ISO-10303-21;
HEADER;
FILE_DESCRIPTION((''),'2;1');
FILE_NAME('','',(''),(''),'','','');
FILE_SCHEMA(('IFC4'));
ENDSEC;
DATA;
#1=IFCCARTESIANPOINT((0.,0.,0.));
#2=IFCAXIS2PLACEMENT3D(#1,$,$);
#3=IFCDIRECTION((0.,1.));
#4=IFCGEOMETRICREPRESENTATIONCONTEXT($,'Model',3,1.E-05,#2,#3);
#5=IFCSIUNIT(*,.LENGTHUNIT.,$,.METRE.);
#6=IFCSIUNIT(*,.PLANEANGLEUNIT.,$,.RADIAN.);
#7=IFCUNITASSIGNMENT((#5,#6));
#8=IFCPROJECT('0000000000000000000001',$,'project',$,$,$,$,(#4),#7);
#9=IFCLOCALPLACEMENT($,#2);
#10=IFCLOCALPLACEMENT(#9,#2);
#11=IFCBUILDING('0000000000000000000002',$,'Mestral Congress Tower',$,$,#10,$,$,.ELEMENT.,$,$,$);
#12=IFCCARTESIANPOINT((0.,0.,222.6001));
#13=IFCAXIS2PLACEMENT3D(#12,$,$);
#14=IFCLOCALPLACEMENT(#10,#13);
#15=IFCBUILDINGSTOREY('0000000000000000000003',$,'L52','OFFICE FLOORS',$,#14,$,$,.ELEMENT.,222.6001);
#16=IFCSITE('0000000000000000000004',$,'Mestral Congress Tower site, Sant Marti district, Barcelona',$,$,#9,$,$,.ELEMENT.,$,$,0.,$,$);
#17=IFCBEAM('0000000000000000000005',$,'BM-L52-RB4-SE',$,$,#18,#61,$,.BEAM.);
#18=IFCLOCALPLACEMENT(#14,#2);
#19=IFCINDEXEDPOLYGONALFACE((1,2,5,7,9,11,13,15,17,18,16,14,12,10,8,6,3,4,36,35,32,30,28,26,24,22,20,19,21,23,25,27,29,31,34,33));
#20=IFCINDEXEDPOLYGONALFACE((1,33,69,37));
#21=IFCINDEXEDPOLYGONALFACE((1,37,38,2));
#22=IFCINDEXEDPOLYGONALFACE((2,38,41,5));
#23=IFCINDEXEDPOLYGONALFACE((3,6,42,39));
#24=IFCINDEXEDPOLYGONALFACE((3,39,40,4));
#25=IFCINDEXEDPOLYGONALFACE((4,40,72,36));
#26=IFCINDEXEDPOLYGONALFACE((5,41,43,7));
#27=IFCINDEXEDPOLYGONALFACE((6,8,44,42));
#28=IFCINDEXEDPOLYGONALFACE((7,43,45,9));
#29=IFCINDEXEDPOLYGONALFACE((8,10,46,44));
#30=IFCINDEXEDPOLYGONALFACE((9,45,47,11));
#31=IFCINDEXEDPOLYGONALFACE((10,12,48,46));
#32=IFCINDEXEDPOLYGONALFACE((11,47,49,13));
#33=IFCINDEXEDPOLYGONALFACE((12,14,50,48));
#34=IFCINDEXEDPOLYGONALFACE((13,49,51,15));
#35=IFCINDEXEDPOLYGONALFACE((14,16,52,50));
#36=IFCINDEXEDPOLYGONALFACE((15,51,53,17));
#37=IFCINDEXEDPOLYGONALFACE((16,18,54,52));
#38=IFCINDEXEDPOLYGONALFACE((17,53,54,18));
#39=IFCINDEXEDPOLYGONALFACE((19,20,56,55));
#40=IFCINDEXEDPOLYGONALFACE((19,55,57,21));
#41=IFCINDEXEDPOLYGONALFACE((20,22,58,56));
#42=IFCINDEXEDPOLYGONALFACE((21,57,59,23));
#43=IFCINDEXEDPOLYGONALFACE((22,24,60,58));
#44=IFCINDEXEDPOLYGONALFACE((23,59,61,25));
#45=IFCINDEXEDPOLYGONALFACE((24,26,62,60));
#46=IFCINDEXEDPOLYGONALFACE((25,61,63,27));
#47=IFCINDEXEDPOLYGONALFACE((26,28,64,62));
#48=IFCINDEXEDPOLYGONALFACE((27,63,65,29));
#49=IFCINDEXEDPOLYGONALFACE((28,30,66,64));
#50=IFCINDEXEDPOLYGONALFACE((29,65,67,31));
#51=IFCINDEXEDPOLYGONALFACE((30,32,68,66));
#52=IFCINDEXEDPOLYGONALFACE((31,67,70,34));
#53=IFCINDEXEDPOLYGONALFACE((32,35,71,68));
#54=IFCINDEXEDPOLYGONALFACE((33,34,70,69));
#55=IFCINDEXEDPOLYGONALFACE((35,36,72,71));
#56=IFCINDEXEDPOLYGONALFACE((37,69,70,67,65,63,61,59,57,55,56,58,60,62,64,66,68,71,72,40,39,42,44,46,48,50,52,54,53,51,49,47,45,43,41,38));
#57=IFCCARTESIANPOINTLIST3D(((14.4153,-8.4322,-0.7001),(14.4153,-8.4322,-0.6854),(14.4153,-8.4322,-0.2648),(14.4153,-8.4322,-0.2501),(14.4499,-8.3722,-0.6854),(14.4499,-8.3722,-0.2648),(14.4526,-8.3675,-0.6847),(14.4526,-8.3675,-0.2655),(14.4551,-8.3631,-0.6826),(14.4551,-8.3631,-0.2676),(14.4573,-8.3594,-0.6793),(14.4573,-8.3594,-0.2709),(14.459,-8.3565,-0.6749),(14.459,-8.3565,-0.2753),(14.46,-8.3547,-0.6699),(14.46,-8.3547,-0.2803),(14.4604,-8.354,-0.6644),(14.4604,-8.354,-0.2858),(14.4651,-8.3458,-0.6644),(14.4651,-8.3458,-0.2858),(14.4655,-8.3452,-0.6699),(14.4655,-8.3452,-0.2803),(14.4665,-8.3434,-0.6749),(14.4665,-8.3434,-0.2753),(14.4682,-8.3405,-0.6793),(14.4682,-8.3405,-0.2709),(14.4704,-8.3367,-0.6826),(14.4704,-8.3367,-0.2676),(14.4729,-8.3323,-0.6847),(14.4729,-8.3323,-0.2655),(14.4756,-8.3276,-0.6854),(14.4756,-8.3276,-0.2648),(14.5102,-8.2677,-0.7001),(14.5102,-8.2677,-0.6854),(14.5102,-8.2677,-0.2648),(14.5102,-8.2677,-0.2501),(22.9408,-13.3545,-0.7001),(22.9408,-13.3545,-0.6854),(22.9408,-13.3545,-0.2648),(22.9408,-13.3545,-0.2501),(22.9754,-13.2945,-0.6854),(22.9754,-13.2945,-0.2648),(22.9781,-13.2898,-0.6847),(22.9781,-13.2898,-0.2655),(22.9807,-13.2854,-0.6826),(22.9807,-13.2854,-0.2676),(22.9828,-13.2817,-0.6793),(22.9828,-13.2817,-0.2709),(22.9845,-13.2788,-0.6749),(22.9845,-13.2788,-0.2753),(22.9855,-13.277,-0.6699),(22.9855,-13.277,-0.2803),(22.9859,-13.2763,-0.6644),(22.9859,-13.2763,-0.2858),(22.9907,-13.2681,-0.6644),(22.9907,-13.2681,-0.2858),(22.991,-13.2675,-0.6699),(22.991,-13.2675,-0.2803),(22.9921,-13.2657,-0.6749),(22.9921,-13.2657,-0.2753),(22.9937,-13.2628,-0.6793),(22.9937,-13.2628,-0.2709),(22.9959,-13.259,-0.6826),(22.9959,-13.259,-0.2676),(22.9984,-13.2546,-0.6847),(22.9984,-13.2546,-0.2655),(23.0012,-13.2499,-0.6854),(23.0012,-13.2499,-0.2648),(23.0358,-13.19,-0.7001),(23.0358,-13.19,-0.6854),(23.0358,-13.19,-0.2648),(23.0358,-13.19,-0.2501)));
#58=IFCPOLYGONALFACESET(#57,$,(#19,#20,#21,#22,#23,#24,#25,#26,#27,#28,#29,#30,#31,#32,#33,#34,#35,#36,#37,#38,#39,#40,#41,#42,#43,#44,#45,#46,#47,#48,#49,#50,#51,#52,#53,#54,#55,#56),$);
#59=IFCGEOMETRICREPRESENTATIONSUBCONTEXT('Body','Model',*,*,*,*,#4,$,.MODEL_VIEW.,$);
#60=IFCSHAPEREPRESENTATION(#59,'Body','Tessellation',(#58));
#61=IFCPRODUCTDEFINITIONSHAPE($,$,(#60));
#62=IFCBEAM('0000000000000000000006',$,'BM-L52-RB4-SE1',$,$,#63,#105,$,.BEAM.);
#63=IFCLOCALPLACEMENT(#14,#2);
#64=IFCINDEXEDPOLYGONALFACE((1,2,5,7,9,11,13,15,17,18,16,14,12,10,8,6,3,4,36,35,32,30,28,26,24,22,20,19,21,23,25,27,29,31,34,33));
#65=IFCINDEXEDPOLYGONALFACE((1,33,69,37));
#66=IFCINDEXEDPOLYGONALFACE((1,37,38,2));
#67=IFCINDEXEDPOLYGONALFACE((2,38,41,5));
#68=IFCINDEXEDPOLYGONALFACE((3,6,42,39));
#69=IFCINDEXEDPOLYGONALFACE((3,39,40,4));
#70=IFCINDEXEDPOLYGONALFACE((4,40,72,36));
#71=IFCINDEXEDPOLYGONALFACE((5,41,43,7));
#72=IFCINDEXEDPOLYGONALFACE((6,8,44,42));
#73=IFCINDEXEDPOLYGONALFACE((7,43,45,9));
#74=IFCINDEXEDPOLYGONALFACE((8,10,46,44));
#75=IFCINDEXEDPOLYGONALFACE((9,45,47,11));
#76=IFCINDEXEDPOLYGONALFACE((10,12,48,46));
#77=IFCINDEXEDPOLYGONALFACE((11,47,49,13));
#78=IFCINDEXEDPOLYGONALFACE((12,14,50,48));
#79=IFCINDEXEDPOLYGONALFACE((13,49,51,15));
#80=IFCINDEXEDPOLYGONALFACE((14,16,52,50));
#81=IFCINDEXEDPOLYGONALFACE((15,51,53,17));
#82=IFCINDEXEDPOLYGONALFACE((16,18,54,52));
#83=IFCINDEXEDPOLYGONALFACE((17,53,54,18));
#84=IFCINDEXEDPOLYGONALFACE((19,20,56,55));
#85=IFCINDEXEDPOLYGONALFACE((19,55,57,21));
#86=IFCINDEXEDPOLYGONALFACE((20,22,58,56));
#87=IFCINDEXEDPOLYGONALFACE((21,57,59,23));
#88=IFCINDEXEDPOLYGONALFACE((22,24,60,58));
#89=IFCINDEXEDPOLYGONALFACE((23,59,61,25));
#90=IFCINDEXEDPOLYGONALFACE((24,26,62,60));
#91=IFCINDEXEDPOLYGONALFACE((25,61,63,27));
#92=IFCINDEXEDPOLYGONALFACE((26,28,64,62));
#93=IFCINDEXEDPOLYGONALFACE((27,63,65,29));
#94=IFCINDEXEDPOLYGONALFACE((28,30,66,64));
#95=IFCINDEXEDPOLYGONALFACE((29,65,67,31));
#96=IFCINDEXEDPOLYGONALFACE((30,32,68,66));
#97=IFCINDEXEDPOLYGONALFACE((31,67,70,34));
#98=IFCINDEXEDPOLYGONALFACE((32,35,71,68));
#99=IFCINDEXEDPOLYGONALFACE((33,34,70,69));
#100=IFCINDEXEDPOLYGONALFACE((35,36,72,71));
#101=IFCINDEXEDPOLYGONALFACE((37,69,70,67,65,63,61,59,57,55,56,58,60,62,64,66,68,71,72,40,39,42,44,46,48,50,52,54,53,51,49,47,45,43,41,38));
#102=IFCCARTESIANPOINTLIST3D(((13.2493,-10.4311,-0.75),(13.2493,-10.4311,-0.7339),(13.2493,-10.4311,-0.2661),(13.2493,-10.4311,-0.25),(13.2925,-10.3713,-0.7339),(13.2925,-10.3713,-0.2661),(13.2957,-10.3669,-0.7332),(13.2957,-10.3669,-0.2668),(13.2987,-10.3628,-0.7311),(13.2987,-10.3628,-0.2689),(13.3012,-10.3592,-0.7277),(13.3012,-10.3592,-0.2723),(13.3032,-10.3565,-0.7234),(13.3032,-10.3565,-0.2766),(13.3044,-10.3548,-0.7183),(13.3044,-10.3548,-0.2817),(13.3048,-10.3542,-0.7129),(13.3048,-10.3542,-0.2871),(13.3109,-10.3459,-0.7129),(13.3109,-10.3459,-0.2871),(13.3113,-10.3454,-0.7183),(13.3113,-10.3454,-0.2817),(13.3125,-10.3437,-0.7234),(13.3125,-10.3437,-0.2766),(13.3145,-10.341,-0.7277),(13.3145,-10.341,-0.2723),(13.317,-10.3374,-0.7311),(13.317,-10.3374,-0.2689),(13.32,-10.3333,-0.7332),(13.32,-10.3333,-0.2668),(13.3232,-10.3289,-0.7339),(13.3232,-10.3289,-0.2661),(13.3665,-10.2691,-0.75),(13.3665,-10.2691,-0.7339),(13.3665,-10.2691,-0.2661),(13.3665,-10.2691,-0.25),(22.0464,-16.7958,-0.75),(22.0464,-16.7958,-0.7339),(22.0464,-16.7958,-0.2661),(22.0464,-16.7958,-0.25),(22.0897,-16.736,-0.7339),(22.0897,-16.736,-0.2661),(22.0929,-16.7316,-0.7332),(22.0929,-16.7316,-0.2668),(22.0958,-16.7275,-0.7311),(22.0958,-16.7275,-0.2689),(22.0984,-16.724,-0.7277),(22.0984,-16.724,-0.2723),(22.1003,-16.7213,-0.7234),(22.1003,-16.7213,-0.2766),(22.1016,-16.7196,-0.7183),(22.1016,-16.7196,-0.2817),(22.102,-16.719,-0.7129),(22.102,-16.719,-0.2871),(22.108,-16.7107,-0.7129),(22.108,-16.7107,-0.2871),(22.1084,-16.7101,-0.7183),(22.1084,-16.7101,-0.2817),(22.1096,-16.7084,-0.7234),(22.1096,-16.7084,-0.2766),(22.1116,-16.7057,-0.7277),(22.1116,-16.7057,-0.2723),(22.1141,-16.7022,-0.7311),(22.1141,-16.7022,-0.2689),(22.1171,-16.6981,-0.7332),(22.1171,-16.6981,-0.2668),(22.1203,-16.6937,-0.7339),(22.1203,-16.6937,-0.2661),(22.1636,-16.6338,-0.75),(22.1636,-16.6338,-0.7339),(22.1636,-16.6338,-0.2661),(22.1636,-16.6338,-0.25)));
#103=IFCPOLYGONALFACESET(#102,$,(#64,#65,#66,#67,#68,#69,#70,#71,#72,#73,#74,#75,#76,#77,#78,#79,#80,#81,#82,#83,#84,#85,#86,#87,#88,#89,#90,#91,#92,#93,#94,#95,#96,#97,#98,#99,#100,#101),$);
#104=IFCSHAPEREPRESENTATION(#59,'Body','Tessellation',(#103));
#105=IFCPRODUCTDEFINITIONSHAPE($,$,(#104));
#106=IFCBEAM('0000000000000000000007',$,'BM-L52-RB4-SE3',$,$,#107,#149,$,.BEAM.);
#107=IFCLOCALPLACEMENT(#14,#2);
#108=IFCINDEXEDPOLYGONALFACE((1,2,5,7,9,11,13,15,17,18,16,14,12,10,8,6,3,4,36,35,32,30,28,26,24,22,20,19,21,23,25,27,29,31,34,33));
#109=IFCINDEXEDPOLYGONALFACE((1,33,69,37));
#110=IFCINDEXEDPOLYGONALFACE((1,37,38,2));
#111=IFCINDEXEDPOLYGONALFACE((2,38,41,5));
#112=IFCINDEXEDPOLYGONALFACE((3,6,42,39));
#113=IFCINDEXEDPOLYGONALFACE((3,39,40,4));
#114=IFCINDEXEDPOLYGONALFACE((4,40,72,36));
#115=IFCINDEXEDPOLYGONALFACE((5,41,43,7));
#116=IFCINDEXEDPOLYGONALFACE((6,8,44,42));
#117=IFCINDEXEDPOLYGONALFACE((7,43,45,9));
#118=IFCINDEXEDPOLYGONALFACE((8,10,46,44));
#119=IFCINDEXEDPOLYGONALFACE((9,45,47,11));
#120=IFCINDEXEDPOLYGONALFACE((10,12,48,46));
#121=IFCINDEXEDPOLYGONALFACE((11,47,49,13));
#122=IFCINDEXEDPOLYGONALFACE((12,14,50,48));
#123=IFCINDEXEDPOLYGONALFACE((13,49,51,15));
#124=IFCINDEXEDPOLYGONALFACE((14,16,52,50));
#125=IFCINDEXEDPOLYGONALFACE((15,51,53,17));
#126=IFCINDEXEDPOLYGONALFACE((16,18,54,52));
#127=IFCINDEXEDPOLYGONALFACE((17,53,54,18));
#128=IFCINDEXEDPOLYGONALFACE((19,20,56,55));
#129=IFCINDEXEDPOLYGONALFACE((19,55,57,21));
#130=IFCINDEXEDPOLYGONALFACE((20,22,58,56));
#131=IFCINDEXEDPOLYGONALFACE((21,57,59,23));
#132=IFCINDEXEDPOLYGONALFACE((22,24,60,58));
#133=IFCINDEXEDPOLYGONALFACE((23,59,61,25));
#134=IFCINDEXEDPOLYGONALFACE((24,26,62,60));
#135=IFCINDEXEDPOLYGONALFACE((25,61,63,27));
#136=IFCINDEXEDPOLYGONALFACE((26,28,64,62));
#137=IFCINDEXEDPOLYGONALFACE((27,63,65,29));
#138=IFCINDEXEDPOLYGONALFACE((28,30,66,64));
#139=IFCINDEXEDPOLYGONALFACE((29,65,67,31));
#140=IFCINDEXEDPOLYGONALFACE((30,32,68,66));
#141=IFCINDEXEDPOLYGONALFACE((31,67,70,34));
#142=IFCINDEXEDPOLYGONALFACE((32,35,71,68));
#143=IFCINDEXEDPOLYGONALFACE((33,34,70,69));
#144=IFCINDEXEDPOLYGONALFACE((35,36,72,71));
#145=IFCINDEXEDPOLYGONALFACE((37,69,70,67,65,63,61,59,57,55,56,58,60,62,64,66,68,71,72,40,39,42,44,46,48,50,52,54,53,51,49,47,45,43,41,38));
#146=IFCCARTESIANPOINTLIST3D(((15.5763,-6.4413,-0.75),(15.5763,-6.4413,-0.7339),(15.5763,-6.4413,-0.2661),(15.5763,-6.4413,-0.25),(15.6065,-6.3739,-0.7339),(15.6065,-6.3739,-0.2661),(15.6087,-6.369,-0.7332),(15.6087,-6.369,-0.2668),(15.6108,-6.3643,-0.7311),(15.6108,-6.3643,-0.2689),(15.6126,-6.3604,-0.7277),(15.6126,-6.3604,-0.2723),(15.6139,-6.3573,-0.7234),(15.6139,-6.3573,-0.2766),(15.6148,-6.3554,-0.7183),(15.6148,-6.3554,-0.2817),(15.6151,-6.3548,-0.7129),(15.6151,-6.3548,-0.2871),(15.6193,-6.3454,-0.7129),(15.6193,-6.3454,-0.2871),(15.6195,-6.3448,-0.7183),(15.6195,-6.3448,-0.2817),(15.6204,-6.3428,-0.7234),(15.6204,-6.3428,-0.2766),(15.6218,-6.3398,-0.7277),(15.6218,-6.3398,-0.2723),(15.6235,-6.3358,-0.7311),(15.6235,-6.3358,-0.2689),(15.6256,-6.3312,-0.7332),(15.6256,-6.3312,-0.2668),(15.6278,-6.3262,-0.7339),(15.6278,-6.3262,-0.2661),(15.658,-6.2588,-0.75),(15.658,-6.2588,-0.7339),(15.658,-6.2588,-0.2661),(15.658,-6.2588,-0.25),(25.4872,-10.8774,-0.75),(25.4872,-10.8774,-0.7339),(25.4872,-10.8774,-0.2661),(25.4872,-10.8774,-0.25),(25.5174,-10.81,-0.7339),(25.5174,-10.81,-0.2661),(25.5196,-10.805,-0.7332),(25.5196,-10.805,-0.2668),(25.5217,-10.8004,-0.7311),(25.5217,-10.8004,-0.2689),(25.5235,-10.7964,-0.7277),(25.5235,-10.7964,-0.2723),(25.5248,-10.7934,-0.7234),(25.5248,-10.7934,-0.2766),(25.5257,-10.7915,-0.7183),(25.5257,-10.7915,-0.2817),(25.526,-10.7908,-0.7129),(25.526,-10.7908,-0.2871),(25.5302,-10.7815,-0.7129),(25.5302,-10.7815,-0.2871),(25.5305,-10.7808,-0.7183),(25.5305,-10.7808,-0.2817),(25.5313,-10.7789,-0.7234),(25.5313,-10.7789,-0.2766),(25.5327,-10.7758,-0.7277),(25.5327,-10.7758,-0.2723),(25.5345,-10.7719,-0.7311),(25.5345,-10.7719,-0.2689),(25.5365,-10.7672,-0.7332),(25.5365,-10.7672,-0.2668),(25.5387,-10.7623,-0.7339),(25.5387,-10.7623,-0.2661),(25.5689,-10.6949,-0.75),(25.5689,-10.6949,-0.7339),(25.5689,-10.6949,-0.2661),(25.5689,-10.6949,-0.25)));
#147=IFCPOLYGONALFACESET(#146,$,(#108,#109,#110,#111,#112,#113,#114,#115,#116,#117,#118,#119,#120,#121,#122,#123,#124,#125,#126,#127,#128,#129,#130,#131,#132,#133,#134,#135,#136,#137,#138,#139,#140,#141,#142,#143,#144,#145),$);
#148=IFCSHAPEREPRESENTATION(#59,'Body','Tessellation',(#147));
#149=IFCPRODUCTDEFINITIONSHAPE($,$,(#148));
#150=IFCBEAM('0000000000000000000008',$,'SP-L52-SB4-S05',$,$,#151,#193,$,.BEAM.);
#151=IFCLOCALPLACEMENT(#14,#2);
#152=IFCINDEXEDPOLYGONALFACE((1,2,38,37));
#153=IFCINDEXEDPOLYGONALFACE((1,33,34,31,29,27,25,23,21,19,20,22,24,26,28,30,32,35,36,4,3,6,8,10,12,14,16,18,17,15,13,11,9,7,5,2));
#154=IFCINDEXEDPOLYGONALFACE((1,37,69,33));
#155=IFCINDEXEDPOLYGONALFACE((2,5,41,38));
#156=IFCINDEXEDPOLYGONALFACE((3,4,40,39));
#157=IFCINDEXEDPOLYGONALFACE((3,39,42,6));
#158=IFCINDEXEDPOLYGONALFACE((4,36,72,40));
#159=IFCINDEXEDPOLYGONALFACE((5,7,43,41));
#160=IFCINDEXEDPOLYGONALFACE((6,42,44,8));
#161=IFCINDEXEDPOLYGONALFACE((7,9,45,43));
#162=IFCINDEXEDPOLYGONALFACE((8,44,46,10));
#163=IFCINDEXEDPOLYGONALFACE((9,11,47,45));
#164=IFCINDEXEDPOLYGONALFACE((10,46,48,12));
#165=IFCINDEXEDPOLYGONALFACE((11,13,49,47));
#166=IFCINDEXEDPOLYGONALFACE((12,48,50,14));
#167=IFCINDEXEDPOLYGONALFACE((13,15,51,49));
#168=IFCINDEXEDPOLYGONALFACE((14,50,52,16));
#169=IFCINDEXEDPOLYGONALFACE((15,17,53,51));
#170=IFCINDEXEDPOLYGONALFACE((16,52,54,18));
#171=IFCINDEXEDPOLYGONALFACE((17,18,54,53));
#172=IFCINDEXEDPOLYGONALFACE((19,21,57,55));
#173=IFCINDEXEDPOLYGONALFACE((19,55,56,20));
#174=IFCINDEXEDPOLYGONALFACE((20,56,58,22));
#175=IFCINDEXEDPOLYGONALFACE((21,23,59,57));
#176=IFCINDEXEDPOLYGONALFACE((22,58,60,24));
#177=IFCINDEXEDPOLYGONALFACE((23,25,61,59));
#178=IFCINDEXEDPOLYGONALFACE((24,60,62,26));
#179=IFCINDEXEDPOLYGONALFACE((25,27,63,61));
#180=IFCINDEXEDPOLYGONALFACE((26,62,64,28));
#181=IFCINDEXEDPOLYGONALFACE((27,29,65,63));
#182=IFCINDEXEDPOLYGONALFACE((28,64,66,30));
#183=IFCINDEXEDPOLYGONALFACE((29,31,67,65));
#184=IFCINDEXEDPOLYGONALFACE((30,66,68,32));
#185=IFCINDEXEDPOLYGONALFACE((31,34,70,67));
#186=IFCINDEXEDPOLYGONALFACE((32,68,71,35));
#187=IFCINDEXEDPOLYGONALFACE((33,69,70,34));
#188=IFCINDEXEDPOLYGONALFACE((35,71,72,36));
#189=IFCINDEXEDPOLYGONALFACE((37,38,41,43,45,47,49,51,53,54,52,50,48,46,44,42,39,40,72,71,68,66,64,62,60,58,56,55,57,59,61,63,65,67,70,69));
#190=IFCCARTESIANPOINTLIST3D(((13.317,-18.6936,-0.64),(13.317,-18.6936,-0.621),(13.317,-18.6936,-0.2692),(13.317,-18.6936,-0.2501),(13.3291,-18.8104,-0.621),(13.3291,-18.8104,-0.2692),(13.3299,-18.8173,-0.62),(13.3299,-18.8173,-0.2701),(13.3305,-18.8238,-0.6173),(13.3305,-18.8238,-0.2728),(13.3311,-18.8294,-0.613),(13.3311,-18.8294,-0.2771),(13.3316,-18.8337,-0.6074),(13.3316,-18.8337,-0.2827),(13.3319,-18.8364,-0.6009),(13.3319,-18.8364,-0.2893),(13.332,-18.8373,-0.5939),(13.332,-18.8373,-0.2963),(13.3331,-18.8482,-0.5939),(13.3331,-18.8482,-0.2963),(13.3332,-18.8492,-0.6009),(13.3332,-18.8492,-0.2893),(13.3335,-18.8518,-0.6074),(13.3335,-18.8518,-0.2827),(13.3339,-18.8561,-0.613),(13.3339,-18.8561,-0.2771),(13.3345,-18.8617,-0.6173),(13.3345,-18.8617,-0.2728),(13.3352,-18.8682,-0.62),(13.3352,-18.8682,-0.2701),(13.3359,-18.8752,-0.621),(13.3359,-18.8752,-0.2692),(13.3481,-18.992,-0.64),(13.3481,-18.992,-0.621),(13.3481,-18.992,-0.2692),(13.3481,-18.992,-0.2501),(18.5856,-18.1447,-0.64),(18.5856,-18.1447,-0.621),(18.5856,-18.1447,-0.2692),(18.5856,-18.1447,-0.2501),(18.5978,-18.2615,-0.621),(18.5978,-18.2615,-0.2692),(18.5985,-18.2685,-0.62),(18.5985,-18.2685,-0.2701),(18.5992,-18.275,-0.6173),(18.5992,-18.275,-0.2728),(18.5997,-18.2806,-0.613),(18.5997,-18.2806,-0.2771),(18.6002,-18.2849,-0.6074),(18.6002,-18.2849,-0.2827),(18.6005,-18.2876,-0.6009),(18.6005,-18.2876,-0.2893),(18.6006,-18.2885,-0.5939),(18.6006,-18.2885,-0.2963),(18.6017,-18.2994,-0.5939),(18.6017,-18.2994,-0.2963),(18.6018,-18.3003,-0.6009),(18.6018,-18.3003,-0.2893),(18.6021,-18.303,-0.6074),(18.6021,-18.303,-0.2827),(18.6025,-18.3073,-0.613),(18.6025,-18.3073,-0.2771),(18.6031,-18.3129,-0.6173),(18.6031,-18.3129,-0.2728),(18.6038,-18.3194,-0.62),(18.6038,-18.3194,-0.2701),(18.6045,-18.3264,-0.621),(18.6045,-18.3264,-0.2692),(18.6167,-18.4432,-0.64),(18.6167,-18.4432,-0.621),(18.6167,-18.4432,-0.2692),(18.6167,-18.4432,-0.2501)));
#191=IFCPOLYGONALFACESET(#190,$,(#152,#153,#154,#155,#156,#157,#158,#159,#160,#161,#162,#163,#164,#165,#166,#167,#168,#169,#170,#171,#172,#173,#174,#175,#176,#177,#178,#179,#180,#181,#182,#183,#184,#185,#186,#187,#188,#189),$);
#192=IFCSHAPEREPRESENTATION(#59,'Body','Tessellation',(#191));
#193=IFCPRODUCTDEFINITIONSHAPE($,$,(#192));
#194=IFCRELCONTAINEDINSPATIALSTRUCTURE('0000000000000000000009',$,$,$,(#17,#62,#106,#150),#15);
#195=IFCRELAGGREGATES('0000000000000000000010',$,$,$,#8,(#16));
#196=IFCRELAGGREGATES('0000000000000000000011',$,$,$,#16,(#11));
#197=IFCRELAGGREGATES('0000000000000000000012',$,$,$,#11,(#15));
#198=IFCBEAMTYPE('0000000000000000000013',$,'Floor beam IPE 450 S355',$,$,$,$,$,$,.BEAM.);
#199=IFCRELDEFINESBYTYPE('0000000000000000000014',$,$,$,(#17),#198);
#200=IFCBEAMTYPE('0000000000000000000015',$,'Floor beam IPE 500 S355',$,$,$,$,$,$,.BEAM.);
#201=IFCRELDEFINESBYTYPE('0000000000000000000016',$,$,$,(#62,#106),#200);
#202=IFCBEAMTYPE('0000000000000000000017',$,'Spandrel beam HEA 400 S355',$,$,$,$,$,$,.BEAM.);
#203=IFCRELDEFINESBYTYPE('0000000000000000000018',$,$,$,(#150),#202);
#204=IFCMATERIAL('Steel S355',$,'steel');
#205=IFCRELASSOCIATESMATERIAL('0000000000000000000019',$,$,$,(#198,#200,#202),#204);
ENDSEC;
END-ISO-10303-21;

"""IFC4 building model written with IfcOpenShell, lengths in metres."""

from ifc_helpers import new_model, si_unit, direction, frame, origin, origin_2d, place, context, subcontext, project, spatial, i_section, extrude, material, material_profile, profile_set, type_object, element, save


model = new_model("IFC4")

# Units and contexts
model_context = context("Model", 3, precision=1e-05, world=origin(), true_north=direction((0.0, 1.0)))
body_context = subcontext(model_context, "Body", "Model", "MODEL_VIEW")
ifc_project = project(units=[si_unit("LENGTHUNIT", "METRE"), si_unit("PLANEANGLEUNIT", "RADIAN")], contexts=[model_context])

# Site, building, storey
site_placement = place(None, origin())
site = spatial("IfcSite", under=ifc_project, at=site_placement, Name="Mestral Congress Tower site, Sant Marti district, Barcelona", CompositionType="ELEMENT", RefElevation=0.0)
building_placement = place(site_placement, origin())
building = spatial("IfcBuilding", under=site, at=building_placement, Name="Mestral Congress Tower", CompositionType="ELEMENT")
storey_placement = place(building_placement, frame((0.0, 0.0, 222.6001)))
storey = spatial("IfcBuildingStorey", under=building, at=storey_placement, Name="L52", Description="OFFICE FLOORS", CompositionType="ELEMENT", Elevation=222.6001)

# Beams
ifc_material_1 = material(Name="Steel S355", Category="steel")
ifc_material_profile_1 = material_profile(ifc_material_1, i_section(OverallWidth=0.1899, OverallDepth=0.45, WebThickness=0.0095, FlangeThickness=0.0146, FilletRadius=0.021, at=origin_2d()), Name="IPE 450")
ifc_profile_set_1 = profile_set([ifc_material_profile_1], Name="Steel S355")
beam_type_1 = type_object("IfcBeamType", Name="Floor beam IPE 450 S355", PredefinedType="BEAM", material=ifc_profile_set_1)
beam_1_placement = place(storey_placement, frame((22.9883, -13.2722, -0.4751), z_axis=(-0.866022, 0.500007, 0.0), x_axis=(-0.500007, -0.866022, 0.0)))
element("IfcBeam", 1, at=beam_1_placement, inside=storey, type_object=beam_type_1, Name="BM-L52-RB4-SE", PredefinedType="BEAM", context=body_context, shape_type="SweptSolid", body=[
    extrude(i_section(OverallWidth=0.1899, OverallDepth=0.45, WebThickness=0.0095, FlangeThickness=0.0146, FilletRadius=0.021, at=origin_2d()), origin(), (0.0, 0.0, 1.0), 9.8445),
])
ifc_material_profile_2 = material_profile(ifc_material_1, i_section(OverallWidth=0.2, OverallDepth=0.5, WebThickness=0.0103, FlangeThickness=0.0161, FilletRadius=0.021, at=origin_2d()), Name="IPE 500")
ifc_profile_set_2 = profile_set([ifc_material_profile_2], Name="Steel S355")
beam_type_2 = type_object("IfcBeamType", Name="Floor beam IPE 500 S355", PredefinedType="BEAM", material=ifc_profile_set_2)
beam_2_placement = place(storey_placement, frame((22.105, -16.7148, -0.5), z_axis=(-0.810186, 0.586173, 0.0), x_axis=(-0.586173, -0.810186, 0.0)))
element("IfcBeam", 2, at=beam_2_placement, inside=storey, type_object=beam_type_2, Name="BM-L52-RB4-SE1", PredefinedType="BEAM", context=body_context, shape_type="SweptSolid", body=[
    extrude(i_section(OverallWidth=0.2, OverallDepth=0.5, WebThickness=0.0103, FlangeThickness=0.0161, FilletRadius=0.021, at=origin_2d()), origin(), (0.0, 0.0, 1.0), 10.8582),
])
beam_3_placement = place(storey_placement, frame((25.5281, -10.7861, -0.5), z_axis=(-0.912742, 0.408536, 0.0), x_axis=(-0.408536, -0.912742, 0.0)))
element("IfcBeam", 3, at=beam_3_placement, inside=storey, type_object=beam_type_2, Name="BM-L52-RB4-SE3", PredefinedType="BEAM", context=body_context, shape_type="SweptSolid", body=[
    extrude(i_section(OverallWidth=0.2, OverallDepth=0.5, WebThickness=0.0103, FlangeThickness=0.0161, FilletRadius=0.021, at=origin_2d()), origin(), (0.0, 0.0, 1.0), 10.8584),
])
ifc_material_profile_3 = material_profile(ifc_material_1, i_section(OverallWidth=0.3, OverallDepth=0.3899, WebThickness=0.011, FlangeThickness=0.019, FilletRadius=0.0271, at=origin_2d()), Name="HEA 400")
ifc_profile_set_3 = profile_set([ifc_material_profile_3], Name="Steel S355")
beam_type_3 = type_object("IfcBeamType", Name="Spandrel beam HEA 400 S355", PredefinedType="BEAM", material=ifc_profile_set_3)
beam_4_placement = place(storey_placement, frame((13.3325, -18.8428, -0.4451), z_axis=(0.994618, 0.10361, 0.0), x_axis=(-0.10361, 0.994618, 0.0)))
element("IfcBeam", 4, at=beam_4_placement, inside=storey, type_object=beam_type_3, Name="SP-L52-SB4-S05", PredefinedType="BEAM", context=body_context, shape_type="SweptSolid", body=[
    extrude(i_section(OverallWidth=0.3, OverallDepth=0.3899, WebThickness=0.011, FlangeThickness=0.019, FilletRadius=0.0271, at=origin_2d()), origin(), (0.0, 0.0, 1.0), 5.2971),
])

save(model, "model.ifc")
